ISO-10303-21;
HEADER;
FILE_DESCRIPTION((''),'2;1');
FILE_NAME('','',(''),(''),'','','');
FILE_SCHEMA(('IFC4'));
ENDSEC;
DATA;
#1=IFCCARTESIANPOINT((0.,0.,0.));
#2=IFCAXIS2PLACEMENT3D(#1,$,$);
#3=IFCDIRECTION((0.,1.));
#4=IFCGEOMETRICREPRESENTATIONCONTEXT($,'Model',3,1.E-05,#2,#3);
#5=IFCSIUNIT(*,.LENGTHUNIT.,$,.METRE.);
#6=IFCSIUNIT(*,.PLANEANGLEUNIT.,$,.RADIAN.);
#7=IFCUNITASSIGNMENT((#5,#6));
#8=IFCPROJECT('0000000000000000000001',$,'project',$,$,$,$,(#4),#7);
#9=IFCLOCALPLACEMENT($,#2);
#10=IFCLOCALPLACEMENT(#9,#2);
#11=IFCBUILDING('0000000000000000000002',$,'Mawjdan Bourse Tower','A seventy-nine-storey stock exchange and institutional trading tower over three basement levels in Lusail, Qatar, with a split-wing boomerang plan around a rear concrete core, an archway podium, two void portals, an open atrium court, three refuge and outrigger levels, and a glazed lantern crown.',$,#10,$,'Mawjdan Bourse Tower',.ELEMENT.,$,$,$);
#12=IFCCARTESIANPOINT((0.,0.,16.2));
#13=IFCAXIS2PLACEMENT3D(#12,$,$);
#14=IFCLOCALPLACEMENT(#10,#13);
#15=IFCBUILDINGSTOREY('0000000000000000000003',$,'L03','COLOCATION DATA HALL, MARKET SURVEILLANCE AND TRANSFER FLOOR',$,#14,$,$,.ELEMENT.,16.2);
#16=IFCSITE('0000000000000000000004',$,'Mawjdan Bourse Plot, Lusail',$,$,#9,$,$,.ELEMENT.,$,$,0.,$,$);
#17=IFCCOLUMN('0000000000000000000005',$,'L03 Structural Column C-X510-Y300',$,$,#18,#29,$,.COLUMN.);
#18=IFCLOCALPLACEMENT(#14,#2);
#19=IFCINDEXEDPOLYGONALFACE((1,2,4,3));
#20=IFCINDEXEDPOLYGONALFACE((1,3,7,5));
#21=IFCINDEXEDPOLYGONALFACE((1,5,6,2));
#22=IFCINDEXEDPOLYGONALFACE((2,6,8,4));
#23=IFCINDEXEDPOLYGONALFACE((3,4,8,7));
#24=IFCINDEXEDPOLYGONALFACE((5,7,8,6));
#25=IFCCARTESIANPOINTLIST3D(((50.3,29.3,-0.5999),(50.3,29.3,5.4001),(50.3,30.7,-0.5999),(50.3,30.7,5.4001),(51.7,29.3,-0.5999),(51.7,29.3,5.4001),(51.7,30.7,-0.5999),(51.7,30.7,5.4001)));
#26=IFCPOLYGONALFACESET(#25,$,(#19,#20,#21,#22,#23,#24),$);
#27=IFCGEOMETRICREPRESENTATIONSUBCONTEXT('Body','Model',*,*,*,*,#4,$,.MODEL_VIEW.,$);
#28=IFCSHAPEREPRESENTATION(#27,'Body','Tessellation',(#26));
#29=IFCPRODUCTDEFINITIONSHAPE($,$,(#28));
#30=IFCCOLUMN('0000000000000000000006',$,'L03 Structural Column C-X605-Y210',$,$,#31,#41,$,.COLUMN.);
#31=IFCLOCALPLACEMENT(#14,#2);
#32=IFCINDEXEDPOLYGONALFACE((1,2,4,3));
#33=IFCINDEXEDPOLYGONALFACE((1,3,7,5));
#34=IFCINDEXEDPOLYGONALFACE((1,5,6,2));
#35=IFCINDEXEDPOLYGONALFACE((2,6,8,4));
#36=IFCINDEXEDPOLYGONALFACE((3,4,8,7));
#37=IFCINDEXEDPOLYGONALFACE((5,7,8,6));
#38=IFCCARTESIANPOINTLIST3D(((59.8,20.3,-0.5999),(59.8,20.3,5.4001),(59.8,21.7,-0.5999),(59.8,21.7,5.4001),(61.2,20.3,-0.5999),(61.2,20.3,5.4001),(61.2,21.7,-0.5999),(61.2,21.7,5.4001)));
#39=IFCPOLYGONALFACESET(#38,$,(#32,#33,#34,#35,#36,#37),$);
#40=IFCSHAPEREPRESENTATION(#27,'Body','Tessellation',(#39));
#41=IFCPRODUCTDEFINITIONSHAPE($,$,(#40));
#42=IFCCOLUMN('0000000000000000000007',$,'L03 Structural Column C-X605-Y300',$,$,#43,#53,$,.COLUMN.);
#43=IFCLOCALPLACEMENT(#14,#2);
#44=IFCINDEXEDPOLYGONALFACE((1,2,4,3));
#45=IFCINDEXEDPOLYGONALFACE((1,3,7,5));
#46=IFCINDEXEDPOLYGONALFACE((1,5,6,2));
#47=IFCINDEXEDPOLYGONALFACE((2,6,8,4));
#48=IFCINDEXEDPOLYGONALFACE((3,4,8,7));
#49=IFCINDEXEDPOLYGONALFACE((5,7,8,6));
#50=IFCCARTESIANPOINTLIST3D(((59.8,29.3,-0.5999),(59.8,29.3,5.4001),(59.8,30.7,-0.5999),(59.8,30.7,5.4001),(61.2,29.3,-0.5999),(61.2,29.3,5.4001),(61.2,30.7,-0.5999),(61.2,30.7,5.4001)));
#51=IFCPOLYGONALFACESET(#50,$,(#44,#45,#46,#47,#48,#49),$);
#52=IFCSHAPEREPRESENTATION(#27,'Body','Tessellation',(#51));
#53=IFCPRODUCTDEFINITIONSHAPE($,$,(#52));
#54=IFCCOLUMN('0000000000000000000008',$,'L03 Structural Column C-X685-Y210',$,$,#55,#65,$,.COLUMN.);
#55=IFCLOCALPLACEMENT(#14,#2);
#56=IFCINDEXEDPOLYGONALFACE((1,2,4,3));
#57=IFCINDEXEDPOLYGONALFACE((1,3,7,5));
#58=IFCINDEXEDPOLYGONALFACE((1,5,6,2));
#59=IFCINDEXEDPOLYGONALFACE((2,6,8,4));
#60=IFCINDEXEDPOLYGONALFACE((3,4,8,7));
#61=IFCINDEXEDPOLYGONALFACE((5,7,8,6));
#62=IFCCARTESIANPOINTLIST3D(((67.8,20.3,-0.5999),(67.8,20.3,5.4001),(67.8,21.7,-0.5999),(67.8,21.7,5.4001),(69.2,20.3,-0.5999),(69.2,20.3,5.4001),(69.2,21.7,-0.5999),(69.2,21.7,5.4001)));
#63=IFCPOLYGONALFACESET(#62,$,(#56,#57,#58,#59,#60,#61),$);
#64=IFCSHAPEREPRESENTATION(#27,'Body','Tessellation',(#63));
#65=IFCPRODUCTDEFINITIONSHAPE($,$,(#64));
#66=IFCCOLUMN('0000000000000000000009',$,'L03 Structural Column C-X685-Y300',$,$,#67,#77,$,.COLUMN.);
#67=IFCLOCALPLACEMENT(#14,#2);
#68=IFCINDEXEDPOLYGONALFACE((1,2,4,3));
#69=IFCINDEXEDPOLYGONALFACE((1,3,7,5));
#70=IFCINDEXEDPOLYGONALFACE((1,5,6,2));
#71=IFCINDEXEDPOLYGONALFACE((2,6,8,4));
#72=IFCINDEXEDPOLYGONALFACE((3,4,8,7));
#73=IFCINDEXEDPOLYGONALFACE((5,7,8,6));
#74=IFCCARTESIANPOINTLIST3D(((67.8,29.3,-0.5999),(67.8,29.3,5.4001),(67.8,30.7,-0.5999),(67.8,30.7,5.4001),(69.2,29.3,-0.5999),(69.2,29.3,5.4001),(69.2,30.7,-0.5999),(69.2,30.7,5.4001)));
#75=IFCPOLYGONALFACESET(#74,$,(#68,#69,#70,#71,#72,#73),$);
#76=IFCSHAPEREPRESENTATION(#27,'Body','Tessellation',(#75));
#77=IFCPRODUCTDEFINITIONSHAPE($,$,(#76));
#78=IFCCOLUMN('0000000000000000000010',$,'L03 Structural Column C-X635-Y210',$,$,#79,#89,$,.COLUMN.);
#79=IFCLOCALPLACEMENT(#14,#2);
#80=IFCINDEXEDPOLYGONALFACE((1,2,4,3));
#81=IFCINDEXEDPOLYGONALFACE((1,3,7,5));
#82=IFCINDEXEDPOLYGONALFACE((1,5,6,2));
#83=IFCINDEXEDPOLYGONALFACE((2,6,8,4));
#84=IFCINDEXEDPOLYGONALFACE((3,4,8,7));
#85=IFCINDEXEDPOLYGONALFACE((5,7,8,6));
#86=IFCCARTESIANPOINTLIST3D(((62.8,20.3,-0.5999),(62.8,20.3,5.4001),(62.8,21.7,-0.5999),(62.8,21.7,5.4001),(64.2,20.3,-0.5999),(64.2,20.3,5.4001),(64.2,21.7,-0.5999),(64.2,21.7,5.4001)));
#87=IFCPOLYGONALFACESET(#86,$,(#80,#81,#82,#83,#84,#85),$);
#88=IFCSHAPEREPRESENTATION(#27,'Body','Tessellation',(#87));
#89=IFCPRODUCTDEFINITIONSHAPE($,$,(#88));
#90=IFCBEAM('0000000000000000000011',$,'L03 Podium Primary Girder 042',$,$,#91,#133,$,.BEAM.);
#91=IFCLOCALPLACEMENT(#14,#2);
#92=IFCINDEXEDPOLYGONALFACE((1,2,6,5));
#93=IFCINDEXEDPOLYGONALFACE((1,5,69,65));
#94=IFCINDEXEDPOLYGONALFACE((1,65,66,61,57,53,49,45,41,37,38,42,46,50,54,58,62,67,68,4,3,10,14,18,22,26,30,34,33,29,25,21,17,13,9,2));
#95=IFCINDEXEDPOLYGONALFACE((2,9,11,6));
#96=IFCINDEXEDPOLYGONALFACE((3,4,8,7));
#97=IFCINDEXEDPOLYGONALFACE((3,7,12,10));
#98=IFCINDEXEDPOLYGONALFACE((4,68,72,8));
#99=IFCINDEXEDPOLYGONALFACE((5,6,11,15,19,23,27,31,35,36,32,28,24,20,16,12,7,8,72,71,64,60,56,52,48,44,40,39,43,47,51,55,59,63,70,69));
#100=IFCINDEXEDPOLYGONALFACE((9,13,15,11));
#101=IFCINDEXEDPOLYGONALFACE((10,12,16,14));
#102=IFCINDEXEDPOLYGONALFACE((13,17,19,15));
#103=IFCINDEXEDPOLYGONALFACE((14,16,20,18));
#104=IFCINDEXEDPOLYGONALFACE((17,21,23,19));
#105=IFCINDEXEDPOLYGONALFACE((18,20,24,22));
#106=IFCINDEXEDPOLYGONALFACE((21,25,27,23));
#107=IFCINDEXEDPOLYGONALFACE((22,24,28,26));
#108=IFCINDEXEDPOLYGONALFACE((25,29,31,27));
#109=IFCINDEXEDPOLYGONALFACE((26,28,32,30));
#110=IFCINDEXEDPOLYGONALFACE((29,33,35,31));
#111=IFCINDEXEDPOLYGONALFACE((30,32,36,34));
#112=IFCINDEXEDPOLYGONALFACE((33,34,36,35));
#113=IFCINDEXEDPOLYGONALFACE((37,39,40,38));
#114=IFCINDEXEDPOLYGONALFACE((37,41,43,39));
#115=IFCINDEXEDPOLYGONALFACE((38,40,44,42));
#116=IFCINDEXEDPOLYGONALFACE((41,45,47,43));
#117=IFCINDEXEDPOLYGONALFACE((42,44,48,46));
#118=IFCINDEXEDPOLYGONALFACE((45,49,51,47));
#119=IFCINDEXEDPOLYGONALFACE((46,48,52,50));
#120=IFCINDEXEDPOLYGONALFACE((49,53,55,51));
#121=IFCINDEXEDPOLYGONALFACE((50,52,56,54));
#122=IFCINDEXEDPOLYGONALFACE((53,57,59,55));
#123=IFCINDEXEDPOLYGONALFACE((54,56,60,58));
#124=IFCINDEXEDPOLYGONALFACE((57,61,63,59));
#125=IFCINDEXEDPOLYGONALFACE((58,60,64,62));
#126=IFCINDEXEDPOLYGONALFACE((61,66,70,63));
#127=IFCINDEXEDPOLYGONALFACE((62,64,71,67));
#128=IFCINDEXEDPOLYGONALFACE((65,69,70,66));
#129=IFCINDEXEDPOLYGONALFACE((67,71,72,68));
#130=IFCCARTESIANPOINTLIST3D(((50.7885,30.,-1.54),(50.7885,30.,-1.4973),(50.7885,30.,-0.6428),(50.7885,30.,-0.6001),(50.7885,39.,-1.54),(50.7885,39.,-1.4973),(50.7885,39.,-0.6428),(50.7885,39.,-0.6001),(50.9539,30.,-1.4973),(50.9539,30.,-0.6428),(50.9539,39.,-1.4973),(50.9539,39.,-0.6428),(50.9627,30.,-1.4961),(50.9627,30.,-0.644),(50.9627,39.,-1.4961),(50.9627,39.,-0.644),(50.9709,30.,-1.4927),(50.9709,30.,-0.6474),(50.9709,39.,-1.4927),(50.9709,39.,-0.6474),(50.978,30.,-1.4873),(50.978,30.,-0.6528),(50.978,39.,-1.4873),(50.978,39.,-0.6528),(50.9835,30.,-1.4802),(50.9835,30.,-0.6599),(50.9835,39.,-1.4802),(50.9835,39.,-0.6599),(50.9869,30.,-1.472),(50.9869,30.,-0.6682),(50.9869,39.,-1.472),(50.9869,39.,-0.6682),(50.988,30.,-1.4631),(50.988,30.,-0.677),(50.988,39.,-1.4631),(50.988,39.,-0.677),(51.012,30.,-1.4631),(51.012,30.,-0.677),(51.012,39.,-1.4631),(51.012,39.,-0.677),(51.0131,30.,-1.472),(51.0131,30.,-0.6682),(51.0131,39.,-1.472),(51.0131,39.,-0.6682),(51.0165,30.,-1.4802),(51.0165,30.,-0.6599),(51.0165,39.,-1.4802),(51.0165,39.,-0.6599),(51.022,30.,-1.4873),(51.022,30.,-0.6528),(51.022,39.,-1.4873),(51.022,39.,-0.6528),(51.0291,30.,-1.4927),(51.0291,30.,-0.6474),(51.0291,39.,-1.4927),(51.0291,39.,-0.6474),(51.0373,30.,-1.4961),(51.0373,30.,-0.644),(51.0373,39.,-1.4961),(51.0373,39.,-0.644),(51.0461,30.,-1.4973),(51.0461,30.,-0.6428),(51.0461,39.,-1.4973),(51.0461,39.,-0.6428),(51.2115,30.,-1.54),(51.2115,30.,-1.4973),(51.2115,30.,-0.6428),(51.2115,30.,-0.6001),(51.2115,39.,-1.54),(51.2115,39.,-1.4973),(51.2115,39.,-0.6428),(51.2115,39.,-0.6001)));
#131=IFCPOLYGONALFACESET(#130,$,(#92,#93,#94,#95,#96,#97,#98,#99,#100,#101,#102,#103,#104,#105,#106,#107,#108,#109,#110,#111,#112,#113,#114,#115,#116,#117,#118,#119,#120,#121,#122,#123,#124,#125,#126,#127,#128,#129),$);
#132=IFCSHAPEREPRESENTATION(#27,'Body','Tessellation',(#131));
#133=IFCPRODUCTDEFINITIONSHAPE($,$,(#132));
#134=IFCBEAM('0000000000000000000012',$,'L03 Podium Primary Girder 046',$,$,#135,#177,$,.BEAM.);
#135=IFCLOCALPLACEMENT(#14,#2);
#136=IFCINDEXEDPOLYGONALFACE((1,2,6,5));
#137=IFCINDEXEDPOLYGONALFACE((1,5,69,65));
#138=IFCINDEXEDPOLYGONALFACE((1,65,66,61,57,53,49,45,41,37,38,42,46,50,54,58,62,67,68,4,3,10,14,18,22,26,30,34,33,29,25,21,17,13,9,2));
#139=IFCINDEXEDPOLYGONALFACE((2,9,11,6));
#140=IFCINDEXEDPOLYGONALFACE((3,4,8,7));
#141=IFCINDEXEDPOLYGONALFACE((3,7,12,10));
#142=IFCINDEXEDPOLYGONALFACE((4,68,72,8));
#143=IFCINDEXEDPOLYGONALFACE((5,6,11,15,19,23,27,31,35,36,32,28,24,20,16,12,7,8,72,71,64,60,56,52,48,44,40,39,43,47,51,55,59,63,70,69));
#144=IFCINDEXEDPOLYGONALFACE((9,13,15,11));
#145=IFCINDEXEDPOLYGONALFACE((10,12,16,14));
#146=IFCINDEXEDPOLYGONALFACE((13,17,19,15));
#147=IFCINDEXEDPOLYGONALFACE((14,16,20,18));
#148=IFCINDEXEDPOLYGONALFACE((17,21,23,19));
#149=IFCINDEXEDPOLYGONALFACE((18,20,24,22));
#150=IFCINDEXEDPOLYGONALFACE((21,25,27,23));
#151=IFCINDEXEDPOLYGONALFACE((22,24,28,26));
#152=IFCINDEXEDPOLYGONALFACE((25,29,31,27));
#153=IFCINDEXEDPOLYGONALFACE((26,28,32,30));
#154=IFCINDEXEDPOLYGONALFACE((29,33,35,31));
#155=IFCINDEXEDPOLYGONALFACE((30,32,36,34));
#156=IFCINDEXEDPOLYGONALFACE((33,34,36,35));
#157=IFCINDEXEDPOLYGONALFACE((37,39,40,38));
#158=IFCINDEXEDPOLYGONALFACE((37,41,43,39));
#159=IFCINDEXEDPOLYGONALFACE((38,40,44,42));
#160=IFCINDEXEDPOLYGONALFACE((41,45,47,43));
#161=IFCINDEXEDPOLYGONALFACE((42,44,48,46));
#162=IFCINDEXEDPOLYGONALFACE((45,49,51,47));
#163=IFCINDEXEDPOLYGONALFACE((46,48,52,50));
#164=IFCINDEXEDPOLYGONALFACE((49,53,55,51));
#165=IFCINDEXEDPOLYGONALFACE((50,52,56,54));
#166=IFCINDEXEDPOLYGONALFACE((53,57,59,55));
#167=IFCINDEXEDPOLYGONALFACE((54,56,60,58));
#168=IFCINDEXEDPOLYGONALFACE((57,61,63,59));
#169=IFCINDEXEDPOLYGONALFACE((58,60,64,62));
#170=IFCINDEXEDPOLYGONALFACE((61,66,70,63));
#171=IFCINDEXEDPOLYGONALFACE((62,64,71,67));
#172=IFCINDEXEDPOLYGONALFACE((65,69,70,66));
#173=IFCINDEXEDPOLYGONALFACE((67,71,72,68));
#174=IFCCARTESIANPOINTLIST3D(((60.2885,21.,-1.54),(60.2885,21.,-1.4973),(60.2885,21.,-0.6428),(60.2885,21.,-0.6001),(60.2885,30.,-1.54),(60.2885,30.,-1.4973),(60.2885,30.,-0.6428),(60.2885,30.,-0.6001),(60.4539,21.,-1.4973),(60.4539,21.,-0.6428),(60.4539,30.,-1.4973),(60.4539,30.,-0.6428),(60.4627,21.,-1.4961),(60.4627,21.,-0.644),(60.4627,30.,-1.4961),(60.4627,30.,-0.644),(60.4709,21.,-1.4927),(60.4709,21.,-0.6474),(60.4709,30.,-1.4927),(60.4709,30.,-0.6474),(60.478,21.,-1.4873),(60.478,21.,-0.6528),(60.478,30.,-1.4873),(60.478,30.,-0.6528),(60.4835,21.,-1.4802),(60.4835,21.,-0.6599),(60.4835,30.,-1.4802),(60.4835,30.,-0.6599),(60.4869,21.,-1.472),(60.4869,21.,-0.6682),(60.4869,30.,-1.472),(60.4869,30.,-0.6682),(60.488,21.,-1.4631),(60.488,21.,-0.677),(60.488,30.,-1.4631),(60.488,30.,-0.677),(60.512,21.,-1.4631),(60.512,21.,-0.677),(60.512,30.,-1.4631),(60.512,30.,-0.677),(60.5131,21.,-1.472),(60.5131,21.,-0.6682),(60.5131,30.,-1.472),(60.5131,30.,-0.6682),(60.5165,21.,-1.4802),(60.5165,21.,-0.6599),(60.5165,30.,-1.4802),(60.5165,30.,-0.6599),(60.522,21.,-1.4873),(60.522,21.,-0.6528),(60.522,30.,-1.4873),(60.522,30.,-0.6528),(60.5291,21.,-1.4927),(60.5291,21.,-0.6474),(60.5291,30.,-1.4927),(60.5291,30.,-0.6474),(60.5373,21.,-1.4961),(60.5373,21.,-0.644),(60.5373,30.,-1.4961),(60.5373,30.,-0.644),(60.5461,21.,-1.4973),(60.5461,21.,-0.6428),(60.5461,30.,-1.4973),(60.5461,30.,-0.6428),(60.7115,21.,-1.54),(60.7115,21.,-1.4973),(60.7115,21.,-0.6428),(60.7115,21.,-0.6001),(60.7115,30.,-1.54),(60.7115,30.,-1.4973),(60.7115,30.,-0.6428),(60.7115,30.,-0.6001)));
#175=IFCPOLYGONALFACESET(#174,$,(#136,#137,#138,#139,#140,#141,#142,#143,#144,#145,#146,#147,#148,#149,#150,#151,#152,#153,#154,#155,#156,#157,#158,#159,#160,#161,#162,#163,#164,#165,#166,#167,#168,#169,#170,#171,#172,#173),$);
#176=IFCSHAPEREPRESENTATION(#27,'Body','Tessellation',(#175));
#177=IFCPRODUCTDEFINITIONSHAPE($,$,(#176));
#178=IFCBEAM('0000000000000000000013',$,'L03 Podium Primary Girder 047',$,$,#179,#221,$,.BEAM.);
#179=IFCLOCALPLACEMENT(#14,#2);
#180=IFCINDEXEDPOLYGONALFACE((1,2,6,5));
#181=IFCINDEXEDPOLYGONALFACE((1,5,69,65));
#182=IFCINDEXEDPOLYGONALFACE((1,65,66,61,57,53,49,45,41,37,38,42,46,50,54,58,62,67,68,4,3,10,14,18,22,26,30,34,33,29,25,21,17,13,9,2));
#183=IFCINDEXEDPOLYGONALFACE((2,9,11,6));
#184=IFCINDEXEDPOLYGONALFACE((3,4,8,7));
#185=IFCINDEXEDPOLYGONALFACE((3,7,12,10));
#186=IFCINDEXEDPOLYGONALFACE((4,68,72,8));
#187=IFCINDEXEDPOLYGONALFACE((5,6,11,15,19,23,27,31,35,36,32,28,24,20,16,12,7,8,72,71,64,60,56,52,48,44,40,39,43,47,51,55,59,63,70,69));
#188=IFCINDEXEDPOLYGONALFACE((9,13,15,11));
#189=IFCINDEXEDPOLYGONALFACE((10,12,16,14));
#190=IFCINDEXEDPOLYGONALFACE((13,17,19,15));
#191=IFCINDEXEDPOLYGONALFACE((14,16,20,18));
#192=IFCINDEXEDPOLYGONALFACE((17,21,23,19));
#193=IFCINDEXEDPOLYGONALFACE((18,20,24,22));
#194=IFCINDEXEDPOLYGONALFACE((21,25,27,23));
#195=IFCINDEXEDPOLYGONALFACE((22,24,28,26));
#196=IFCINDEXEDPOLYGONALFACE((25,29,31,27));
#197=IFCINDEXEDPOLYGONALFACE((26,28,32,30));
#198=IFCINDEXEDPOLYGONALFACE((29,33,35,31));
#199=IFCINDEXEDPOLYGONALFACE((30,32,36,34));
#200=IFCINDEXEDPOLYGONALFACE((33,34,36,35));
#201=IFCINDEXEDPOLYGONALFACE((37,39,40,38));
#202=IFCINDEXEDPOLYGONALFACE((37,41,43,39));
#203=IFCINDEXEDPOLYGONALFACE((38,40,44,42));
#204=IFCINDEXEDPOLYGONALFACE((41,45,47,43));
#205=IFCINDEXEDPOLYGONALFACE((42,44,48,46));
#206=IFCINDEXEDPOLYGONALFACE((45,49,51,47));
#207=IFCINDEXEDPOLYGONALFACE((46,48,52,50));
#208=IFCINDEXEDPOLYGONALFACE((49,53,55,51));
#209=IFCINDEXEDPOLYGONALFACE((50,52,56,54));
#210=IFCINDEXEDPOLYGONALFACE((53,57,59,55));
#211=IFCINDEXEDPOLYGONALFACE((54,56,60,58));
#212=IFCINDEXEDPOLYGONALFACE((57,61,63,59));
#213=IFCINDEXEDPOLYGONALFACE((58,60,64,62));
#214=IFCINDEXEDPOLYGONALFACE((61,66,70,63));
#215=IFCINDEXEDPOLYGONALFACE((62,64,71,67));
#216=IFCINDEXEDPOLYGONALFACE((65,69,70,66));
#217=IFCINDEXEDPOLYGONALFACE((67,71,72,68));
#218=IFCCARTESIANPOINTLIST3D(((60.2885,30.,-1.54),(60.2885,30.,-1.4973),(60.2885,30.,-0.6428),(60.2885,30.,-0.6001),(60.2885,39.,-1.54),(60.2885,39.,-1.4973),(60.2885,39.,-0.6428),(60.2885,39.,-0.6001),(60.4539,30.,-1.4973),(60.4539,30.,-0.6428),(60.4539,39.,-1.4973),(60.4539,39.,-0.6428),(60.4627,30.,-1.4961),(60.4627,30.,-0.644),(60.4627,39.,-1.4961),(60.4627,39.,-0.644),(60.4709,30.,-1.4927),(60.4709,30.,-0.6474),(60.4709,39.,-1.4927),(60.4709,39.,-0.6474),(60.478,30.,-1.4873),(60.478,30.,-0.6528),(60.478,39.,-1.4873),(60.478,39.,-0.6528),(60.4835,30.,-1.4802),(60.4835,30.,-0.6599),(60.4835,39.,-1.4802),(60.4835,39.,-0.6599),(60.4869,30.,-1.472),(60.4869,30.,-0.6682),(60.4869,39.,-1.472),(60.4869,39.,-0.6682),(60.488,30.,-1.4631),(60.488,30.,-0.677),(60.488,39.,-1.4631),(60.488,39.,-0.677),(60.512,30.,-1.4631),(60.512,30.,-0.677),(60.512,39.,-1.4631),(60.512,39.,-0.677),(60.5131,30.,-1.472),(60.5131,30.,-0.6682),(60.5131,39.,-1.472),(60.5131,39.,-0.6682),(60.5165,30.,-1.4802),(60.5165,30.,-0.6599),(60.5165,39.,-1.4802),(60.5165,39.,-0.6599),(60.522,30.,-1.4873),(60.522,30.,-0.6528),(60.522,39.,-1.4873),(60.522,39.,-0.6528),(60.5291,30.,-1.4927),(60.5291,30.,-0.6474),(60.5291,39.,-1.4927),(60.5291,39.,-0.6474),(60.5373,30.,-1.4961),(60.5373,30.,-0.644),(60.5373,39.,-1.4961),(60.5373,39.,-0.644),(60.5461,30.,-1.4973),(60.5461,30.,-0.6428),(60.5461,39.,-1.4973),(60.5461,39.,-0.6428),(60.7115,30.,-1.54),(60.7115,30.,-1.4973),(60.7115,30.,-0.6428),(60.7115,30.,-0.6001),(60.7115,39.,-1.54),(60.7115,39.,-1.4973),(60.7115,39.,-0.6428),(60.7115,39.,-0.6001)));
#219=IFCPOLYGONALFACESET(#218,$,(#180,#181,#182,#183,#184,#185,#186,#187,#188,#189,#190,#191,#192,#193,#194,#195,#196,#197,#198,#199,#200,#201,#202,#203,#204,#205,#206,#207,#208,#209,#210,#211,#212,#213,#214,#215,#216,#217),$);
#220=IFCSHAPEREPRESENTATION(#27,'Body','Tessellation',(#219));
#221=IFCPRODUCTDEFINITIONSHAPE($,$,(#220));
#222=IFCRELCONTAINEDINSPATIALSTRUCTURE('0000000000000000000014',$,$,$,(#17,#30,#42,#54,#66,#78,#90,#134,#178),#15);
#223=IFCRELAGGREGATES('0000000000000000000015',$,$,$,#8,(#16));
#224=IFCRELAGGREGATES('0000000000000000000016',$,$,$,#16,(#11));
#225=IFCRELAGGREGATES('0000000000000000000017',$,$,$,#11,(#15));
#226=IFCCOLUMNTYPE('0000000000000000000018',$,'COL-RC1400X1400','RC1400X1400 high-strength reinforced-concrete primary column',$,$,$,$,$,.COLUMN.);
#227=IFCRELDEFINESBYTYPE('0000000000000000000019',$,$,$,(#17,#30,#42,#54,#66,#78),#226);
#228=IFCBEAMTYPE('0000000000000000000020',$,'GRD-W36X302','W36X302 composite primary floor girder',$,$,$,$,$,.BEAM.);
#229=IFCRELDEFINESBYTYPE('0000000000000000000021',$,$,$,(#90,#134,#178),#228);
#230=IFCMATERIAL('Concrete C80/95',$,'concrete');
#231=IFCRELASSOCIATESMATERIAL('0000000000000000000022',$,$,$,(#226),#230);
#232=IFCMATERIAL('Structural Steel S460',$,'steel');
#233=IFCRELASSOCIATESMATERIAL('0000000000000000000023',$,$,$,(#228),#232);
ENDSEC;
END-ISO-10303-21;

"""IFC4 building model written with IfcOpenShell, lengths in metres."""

from ifc_helpers import new_model, si_unit, direction, frame, origin, origin_2d, place, context, subcontext, project, spatial, rectangle, i_section, extrude, material, material_profile, profile_set, type_object, element, save


model = new_model("IFC4")

# Units and contexts
model_context = context("Model", 3, precision=1e-05, world=origin(), true_north=direction((0.0, 1.0)))
body_context = subcontext(model_context, "Body", "Model", "MODEL_VIEW")
ifc_project = project(units=[si_unit("LENGTHUNIT", "METRE"), si_unit("PLANEANGLEUNIT", "RADIAN")], contexts=[model_context])

# Site, building, storey
site_placement = place(None, origin())
site = spatial("IfcSite", under=ifc_project, at=site_placement, Name="Mawjdan Bourse Plot, Lusail", CompositionType="ELEMENT", RefElevation=0.0)
building_placement = place(site_placement, origin())
building = spatial("IfcBuilding", under=site, at=building_placement, Name="Mawjdan Bourse Tower", Description="A seventy-nine-storey stock exchange and institutional trading tower over three basement levels in Lusail, Qatar, with a split-wing boomerang plan around a rear concrete core, an archway podium, two void portals, an open atrium court, three refuge and outrigger levels, and a glazed lantern crown.", LongName="Mawjdan Bourse Tower", CompositionType="ELEMENT")
storey_placement = place(building_placement, frame((0.0, 0.0, 16.2)))
storey = spatial("IfcBuildingStorey", under=building, at=storey_placement, Name="L03", Description="COLOCATION DATA HALL, MARKET SURVEILLANCE AND TRANSFER FLOOR", CompositionType="ELEMENT", Elevation=16.2)

# Columns
ifc_material_1 = material(Name="Concrete C80/95", Category="concrete")
ifc_material_profile_1 = material_profile(ifc_material_1, rectangle(XDim=1.3999, YDim=1.3999, at=origin_2d()), Name="RC1400X1400")
ifc_profile_set_1 = profile_set([ifc_material_profile_1], Name="Concrete C80/95")
column_type = type_object("IfcColumnType", Name="COL-RC1400X1400", Description="RC1400X1400 high-strength reinforced-concrete primary column", PredefinedType="COLUMN", material=ifc_profile_set_1)
for number, where, z_axis, x_axis, name in (
    (1, (51.0, 30.0, -0.5999), (0.0, 0.0, 1.0), (1.0, 0.0, 0.0), "L03 Structural Column C-X510-Y300"),
    (2, (60.5, 21.0, -0.5999), (0.0, 0.0, 1.0), (1.0, 0.0, 0.0), "L03 Structural Column C-X605-Y210"),
    (3, (60.5, 30.0, -0.5999), (0.0, 0.0, 1.0), (1.0, 0.0, 0.0), "L03 Structural Column C-X605-Y300"),
    (4, (68.5, 21.0, -0.5999), (0.0, 0.0, 1.0), (1.0, 0.0, 0.0), "L03 Structural Column C-X685-Y210"),
    (5, (68.5, 30.0, -0.5999), (0.0, 0.0, 1.0), (1.0, 0.0, 0.0), "L03 Structural Column C-X685-Y300"),
    (6, (63.5, 21.0, -0.5999), (0.0, 0.0, 1.0), (1.0, 0.0, 0.0), "L03 Structural Column C-X635-Y210"),
):
    element("IfcColumn", number, at=place(storey_placement, frame(where, z_axis=z_axis, x_axis=x_axis)), inside=storey, type_object=column_type, Name=name, PredefinedType="COLUMN", context=body_context, shape_type="SweptSolid", body=[
        extrude(rectangle(XDim=1.3999, YDim=1.3999, at=origin_2d()), origin(), (0.0, 0.0, 1.0), 6.0),
    ])

# Beams
ifc_material_2 = material(Name="Structural Steel S460", Category="steel")
ifc_material_profile_2 = material_profile(ifc_material_2, i_section(OverallWidth=0.4231, OverallDepth=0.9399, WebThickness=0.0239, FlangeThickness=0.0427, FilletRadius=0.0342, at=origin_2d()), Name="W36X302")
ifc_profile_set_2 = profile_set([ifc_material_profile_2], Name="Structural Steel S460")
beam_type_1 = type_object("IfcBeamType", Name="GRD-W36X302", Description="W36X302 composite primary floor girder", PredefinedType="BEAM", material=ifc_profile_set_2)
for number, where, z_axis, x_axis, name in (
    (7, (51.0, 30.0, -1.0701), (0.0, 1.0, 0.0), (-1.0, 0.0, 0.0), "L03 Podium Primary Girder 042"),
    (8, (60.5, 21.0, -1.0701), (0.0, 1.0, 0.0), (-1.0, 0.0, 0.0), "L03 Podium Primary Girder 046"),
    (9, (60.5, 30.0, -1.0701), (0.0, 1.0, 0.0), (-1.0, 0.0, 0.0), "L03 Podium Primary Girder 047"),
):
    element("IfcBeam", number, at=place(storey_placement, frame(where, z_axis=z_axis, x_axis=x_axis)), inside=storey, type_object=beam_type_1, Name=name, PredefinedType="BEAM", context=body_context, shape_type="SweptSolid", body=[
        extrude(i_section(OverallWidth=0.4231, OverallDepth=0.9399, WebThickness=0.0239, FlangeThickness=0.0427, FilletRadius=0.0342, at=origin_2d()), origin(), (0.0, 0.0, 1.0), 9.0),
    ])

save(model, "model.ifc")
